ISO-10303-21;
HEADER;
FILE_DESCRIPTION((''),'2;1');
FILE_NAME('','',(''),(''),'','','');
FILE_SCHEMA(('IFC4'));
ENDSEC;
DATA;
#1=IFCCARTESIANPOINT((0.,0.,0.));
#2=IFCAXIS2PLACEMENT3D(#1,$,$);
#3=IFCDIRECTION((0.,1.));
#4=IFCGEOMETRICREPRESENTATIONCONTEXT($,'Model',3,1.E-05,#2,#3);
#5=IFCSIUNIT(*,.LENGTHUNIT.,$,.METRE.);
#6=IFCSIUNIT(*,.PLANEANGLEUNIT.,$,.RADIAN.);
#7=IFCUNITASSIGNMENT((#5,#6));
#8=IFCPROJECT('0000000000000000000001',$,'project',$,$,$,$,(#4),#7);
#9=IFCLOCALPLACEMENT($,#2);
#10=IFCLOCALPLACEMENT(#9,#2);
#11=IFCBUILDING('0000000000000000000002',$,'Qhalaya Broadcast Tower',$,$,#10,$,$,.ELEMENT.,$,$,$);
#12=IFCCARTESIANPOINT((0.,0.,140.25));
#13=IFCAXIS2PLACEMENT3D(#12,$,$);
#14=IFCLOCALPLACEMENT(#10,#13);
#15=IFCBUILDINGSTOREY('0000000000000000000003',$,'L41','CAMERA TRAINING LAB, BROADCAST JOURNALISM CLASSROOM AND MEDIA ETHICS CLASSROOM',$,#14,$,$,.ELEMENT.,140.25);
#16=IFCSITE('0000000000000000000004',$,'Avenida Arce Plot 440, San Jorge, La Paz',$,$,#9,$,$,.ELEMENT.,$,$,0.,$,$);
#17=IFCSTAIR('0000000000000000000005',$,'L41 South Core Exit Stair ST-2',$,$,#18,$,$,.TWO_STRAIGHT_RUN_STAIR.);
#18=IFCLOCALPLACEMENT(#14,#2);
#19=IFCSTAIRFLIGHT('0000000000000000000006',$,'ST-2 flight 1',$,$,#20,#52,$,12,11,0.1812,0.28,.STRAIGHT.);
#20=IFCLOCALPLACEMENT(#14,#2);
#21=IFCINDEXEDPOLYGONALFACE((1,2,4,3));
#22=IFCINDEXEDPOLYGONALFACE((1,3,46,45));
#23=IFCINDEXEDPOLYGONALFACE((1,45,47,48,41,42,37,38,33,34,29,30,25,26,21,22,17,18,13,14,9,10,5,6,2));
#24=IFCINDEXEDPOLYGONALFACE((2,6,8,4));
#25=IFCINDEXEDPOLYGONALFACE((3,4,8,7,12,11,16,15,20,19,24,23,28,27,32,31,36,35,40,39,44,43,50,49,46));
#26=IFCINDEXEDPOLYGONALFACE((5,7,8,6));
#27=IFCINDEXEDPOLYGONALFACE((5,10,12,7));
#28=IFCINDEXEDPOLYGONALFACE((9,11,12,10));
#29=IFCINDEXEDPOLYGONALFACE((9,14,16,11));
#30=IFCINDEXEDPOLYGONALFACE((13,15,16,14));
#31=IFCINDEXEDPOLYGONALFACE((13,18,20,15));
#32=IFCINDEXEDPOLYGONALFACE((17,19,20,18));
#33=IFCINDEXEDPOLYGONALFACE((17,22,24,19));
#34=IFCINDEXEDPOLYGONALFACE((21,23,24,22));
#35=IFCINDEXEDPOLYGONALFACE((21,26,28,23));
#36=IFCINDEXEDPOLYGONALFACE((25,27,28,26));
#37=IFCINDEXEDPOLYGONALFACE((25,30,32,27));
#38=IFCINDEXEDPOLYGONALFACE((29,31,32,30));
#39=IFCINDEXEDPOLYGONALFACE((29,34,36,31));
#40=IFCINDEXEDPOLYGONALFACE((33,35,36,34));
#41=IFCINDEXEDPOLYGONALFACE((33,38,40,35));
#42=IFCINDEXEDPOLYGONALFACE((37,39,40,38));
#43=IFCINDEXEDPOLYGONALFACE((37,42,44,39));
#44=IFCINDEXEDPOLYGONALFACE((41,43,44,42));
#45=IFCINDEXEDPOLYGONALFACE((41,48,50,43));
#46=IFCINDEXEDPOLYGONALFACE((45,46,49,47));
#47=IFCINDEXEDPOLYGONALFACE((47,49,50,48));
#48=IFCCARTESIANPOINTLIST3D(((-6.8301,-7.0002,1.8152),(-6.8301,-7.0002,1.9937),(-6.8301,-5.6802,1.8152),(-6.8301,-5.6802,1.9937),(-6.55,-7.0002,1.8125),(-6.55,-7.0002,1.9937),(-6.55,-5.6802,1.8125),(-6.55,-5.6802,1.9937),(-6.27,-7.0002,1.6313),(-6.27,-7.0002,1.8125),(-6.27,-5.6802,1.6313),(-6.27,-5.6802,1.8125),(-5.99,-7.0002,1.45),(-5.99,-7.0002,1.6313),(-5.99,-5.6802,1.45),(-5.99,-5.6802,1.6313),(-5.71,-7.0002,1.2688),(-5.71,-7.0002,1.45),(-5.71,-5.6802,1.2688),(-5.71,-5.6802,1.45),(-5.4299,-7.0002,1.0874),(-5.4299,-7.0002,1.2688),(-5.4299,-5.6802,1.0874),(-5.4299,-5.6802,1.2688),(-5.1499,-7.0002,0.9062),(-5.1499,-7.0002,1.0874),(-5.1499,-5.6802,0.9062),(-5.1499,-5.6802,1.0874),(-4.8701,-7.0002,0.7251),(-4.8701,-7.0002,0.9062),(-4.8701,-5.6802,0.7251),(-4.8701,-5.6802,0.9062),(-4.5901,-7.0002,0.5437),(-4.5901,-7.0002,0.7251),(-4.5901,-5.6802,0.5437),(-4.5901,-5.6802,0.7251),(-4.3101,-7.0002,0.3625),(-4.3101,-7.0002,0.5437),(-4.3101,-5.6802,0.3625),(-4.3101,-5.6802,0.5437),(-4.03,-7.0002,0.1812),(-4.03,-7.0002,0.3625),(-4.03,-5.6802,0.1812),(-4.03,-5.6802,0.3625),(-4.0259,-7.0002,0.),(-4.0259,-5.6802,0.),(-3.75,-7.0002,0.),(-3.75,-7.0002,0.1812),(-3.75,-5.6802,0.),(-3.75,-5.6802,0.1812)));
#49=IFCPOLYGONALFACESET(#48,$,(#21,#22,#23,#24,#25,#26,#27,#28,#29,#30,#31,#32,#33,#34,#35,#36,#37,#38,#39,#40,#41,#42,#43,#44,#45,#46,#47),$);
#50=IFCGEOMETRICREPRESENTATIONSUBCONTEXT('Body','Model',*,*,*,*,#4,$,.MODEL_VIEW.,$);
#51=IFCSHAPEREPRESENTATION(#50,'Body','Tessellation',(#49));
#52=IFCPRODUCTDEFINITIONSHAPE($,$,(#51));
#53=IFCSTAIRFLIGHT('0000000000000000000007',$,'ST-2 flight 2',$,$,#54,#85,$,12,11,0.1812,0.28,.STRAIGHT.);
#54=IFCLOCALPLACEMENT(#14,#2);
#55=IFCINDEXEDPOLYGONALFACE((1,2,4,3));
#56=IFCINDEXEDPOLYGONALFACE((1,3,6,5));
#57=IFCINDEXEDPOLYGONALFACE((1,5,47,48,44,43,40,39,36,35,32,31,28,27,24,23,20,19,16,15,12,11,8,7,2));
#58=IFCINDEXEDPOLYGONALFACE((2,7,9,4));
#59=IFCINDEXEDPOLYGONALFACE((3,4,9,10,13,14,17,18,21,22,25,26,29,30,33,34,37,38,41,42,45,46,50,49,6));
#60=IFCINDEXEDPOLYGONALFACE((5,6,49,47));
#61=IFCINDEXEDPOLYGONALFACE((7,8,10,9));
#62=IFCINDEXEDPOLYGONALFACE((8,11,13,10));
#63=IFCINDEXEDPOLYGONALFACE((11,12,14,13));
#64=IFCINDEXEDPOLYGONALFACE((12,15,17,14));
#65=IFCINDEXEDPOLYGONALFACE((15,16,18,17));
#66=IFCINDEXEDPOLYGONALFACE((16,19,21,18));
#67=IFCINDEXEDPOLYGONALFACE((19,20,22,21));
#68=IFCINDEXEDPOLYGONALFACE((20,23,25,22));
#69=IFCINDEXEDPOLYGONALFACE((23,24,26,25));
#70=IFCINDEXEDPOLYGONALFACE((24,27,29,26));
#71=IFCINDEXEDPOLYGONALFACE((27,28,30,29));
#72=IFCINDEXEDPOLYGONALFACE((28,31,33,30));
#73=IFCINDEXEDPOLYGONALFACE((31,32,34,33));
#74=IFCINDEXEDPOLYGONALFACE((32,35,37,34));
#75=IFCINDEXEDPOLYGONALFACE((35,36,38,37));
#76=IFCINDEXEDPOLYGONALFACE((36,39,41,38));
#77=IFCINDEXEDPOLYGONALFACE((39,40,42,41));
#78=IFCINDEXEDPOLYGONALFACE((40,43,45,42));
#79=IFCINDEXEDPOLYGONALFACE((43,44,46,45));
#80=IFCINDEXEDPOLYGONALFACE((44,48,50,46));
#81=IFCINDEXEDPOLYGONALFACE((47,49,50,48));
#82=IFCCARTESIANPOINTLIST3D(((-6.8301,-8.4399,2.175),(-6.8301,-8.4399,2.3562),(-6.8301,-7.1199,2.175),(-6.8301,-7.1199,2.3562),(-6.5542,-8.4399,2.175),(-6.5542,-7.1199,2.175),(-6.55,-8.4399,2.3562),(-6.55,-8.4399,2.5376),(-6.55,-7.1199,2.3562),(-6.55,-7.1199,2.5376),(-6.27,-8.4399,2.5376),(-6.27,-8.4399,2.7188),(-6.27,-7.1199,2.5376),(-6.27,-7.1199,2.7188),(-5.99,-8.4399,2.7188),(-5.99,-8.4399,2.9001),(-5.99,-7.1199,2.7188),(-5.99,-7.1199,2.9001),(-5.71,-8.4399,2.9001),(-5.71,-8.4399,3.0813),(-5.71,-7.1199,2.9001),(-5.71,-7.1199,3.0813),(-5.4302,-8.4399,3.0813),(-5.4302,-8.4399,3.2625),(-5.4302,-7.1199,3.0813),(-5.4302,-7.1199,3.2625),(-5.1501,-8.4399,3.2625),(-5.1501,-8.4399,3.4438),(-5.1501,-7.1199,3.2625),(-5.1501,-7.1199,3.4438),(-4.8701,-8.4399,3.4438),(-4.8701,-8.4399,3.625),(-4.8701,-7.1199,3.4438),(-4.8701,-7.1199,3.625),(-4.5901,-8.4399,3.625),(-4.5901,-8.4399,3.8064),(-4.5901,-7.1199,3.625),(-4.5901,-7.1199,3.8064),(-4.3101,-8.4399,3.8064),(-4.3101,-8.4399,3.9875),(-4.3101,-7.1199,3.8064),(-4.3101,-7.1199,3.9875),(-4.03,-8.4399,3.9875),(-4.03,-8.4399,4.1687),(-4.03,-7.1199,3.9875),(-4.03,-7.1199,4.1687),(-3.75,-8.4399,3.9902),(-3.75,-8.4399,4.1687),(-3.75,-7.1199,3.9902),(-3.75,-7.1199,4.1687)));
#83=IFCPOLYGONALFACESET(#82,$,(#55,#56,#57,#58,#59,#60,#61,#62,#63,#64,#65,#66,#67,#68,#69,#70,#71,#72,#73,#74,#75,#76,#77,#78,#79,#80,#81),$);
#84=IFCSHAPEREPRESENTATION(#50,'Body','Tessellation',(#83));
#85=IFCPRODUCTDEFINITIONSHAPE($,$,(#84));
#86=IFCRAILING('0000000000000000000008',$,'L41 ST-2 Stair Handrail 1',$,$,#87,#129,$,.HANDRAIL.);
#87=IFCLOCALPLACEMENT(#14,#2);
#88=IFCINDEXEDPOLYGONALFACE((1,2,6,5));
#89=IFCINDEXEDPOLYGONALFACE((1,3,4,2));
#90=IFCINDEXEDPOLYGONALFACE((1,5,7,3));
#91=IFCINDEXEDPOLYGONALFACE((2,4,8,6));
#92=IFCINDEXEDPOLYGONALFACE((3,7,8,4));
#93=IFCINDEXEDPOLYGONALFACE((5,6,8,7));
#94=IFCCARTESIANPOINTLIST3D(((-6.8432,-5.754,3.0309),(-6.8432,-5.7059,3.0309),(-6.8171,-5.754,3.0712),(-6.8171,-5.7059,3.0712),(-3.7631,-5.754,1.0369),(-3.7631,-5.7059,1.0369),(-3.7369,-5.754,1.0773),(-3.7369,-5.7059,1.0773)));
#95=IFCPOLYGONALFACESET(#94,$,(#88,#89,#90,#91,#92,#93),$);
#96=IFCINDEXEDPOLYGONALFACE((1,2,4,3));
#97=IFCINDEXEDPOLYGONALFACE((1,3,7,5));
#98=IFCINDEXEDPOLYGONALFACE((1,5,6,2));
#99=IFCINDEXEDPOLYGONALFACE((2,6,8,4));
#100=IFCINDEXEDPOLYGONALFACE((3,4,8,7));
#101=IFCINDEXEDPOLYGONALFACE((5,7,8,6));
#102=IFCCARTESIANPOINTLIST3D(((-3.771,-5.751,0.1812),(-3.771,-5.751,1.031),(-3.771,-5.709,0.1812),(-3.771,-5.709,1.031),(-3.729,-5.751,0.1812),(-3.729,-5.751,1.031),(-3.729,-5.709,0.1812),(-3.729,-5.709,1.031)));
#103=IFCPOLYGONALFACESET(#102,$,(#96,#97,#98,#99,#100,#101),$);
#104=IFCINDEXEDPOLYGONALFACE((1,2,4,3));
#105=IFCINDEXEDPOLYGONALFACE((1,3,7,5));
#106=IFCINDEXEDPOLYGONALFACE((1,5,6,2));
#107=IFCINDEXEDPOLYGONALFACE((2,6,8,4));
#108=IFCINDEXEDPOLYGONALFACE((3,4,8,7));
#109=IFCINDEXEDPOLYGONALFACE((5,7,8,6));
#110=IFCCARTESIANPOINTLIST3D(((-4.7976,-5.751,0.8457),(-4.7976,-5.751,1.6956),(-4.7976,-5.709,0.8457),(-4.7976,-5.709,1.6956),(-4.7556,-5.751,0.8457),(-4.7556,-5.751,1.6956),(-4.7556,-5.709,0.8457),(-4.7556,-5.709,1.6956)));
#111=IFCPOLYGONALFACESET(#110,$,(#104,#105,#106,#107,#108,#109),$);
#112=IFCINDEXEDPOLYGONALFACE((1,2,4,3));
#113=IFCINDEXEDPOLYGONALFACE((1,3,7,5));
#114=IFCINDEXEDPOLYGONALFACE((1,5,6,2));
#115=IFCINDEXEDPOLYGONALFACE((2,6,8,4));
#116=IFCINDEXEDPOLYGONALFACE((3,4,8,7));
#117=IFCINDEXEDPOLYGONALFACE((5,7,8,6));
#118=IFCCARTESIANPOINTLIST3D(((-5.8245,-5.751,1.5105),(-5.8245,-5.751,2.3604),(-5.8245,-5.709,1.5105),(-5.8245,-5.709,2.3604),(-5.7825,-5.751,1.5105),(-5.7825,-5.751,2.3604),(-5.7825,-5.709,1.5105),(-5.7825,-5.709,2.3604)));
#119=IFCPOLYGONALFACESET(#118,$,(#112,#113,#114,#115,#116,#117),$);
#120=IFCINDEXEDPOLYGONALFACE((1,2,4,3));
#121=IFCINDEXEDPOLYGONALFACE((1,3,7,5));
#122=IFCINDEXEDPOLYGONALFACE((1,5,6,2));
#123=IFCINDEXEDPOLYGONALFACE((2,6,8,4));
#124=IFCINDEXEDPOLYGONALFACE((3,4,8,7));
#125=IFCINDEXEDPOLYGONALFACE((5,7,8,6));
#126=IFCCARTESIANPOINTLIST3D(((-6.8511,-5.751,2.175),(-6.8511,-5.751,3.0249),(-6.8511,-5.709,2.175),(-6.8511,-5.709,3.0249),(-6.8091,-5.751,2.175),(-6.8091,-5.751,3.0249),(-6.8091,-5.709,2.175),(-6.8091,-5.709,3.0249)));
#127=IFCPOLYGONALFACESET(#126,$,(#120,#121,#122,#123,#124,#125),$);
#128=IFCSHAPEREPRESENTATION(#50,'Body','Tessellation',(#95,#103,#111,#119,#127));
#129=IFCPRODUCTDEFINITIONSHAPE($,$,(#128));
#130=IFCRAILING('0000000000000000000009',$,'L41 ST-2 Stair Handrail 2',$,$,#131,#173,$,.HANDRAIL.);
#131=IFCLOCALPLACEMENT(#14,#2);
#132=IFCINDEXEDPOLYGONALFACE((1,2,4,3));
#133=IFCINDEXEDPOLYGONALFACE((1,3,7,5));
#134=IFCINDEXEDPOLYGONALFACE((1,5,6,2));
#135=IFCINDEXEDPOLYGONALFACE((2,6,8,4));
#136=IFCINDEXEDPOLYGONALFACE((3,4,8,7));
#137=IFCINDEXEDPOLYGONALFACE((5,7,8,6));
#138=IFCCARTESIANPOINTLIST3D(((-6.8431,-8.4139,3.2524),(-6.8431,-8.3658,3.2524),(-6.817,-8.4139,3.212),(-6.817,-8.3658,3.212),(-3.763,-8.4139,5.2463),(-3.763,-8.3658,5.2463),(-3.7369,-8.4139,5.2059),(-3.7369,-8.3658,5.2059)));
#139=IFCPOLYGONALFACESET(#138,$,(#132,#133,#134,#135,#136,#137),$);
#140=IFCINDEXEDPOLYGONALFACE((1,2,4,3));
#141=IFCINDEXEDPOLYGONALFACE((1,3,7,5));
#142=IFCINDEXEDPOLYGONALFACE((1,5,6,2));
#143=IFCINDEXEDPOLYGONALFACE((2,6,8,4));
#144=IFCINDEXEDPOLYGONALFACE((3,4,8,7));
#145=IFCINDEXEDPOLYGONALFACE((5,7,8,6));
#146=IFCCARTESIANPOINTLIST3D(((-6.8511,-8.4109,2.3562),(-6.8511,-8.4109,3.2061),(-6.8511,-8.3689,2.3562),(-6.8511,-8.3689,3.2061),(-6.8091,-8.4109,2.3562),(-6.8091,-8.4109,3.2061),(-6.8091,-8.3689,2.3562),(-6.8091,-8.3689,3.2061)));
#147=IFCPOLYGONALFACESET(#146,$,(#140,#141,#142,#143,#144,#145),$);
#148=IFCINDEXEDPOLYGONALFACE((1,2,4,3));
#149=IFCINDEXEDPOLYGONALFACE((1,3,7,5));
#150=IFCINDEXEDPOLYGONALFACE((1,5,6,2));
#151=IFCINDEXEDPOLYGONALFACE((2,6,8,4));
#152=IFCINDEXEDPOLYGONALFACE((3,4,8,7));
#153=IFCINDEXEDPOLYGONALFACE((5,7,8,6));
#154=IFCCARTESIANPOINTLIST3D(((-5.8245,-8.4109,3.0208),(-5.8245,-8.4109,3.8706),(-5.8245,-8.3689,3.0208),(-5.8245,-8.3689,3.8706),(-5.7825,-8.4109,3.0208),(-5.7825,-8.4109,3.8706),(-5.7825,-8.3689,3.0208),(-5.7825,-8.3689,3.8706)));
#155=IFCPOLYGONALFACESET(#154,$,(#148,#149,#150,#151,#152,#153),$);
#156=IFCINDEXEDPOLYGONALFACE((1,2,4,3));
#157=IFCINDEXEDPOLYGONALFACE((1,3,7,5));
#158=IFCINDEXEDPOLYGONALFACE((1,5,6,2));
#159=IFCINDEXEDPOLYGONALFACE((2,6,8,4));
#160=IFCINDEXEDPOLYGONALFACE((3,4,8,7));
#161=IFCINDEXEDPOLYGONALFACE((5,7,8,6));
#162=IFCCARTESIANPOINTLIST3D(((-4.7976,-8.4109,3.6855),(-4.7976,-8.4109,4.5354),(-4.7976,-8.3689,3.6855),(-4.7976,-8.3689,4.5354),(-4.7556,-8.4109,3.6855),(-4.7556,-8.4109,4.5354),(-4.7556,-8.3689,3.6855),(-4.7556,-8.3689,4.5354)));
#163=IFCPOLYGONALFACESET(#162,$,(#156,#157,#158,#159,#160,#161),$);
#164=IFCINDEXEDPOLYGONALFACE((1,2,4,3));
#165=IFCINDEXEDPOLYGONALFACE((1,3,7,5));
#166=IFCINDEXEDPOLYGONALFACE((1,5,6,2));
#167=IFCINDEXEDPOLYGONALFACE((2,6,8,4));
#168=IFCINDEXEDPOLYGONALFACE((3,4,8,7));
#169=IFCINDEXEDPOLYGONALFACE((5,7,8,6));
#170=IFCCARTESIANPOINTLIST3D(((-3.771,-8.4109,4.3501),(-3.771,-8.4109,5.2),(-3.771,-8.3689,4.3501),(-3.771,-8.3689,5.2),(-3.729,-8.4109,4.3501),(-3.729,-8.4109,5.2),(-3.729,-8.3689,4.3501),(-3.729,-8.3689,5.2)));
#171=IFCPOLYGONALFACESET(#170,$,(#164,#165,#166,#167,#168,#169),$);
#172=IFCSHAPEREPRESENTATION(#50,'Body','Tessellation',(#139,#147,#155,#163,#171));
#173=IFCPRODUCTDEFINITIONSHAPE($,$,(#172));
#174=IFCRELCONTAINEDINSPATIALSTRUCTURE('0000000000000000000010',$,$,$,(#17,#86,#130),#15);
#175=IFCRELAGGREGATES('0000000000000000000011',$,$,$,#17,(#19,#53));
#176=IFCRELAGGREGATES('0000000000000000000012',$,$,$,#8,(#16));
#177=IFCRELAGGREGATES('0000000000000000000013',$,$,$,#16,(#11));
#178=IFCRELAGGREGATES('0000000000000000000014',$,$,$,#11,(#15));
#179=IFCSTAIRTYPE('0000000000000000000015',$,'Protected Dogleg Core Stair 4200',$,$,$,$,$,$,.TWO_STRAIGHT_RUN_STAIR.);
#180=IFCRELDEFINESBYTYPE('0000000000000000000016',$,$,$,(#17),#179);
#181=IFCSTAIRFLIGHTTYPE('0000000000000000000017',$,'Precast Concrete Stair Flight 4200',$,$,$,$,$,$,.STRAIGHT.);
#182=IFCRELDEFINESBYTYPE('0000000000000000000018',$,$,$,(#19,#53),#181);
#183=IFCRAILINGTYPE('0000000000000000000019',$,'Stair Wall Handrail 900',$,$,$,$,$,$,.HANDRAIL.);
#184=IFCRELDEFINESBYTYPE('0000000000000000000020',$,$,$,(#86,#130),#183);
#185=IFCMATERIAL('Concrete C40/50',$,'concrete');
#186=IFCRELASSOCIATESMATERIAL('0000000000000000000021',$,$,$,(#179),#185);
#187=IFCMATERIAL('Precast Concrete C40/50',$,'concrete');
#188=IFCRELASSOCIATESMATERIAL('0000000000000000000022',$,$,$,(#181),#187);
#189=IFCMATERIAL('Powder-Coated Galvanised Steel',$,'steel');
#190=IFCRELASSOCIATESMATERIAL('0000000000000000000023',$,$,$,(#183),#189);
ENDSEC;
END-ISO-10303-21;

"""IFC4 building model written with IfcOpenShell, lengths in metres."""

from ifc_helpers import new_model, si_unit, direction, frame, origin, origin_2d, place, context, subcontext, project, spatial, polyline, rectangle, outline, extrude, material, type_object, element, aggregate, save


model = new_model("IFC4")

# Units and contexts
model_context = context("Model", 3, precision=1e-05, world=origin(), true_north=direction((0.0, 1.0)))
body_context = subcontext(model_context, "Body", "Model", "MODEL_VIEW")
ifc_project = project(units=[si_unit("LENGTHUNIT", "METRE"), si_unit("PLANEANGLEUNIT", "RADIAN")], contexts=[model_context])

# Site, building, storey
site_placement = place(None, origin())
site = spatial("IfcSite", under=ifc_project, at=site_placement, Name="Avenida Arce Plot 440, San Jorge, La Paz", CompositionType="ELEMENT", RefElevation=0.0)
building_placement = place(site_placement, origin())
building = spatial("IfcBuilding", under=site, at=building_placement, Name="Qhalaya Broadcast Tower", CompositionType="ELEMENT")
storey_placement = place(building_placement, frame((0.0, 0.0, 140.25)))
storey = spatial("IfcBuildingStorey", under=building, at=storey_placement, Name="L41", Description="CAMERA TRAINING LAB, BROADCAST JOURNALISM CLASSROOM AND MEDIA ETHICS CLASSROOM", CompositionType="ELEMENT", Elevation=140.25)

# Stair, stair flights
ifc_material_1 = material(Name="Concrete C40/50", Category="concrete")
stair_type = type_object("IfcStairType", Name="Protected Dogleg Core Stair 4200", PredefinedType="TWO_STRAIGHT_RUN_STAIR", material=ifc_material_1)
stair_placement = place(storey_placement, origin())
stair = element("IfcStair", 1, at=stair_placement, inside=storey, type_object=stair_type, Name="L41 South Core Exit Stair ST-2", PredefinedType="TWO_STRAIGHT_RUN_STAIR")
ifc_material_2 = material(Name="Precast Concrete C40/50", Category="concrete")
stair_flight_type = type_object("IfcStairFlightType", Name="Precast Concrete Stair Flight 4200", PredefinedType="STRAIGHT", material=ifc_material_2)
stair_flight_1_placement = place(storey_placement, frame((-3.75, -6.3401, 0.0), z_axis=(0.0, 0.0, 1.0), x_axis=(-1.0, 0.0, 0.0)))
stair_flight_1 = element("IfcStairFlight", 2, at=stair_flight_1_placement, type_object=stair_flight_type, Name="ST-2 flight 1", NumberOfRisers=12, NumberOfTreads=11, PredefinedType="STRAIGHT", RiserHeight=0.1812, TreadLength=0.28, context=body_context, shape_type="SweptSolid", body=[
    extrude(outline(polyline([(0.0, 0.0), (0.0, 0.1812), (0.28, 0.1812), (0.28, 0.3625), (0.5601, 0.3625), (0.5601, 0.5437), (0.8401, 0.5437), (0.8401, 0.7251), (1.1201, 0.7251), (1.1201, 0.9062), (1.3999, 0.9062), (1.3999, 1.0874), (1.6799, 1.0874), (1.6799, 1.2688), (1.96, 1.2688), (1.96, 1.45), (2.24, 1.45), (2.24, 1.6313), (2.52, 1.6313), (2.52, 1.8125), (2.8, 1.8125), (2.8, 1.9937), (3.0801, 1.9937), (3.0801, 2.175), (3.0801, 1.8152), (0.2759, 0.0), (0.0, 0.0)])), frame((0.0, 0.6602, 0.0), z_axis=(0.0, -1.0, 0.0), x_axis=(1.0, 0.0, 0.0)), (0.0, 0.0, 1.0), 1.3201),
])
stair_flight_2_placement = place(storey_placement, frame((-6.8301, -7.78, 2.175), z_axis=(0.0, 0.0, 1.0), x_axis=(1.0, 0.0, 0.0)))
stair_flight_2 = element("IfcStairFlight", 3, at=stair_flight_2_placement, type_object=stair_flight_type, Name="ST-2 flight 2", NumberOfRisers=12, NumberOfTreads=11, PredefinedType="STRAIGHT", RiserHeight=0.1812, TreadLength=0.28, context=body_context, shape_type="SweptSolid", body=[
    extrude(outline(polyline([(0.0, 0.0), (0.0, 0.1812), (0.28, 0.1812), (0.28, 0.3625), (0.5601, 0.3625), (0.5601, 0.5437), (0.8401, 0.5437), (0.8401, 0.7251), (1.1201, 0.7251), (1.1201, 0.9062), (1.3999, 0.9062), (1.3999, 1.0874), (1.6799, 1.0874), (1.6799, 1.2688), (1.96, 1.2688), (1.96, 1.45), (2.24, 1.45), (2.24, 1.6313), (2.52, 1.6313), (2.52, 1.8125), (2.8, 1.8125), (2.8, 1.9937), (3.0801, 1.9937), (3.0801, 2.175), (3.0801, 1.8152), (0.2759, 0.0), (0.0, 0.0)])), frame((0.0, 0.6602, 0.0), z_axis=(0.0, -1.0, 0.0), x_axis=(1.0, 0.0, 0.0)), (0.0, 0.0, 1.0), 1.3201),
])
aggregate(stair, [stair_flight_1, stair_flight_2])

# Railings
ifc_material_3 = material(Name="Powder-Coated Galvanised Steel", Category="steel")
railing_type_1 = type_object("IfcRailingType", Name="Stair Wall Handrail 900", PredefinedType="HANDRAIL", material=ifc_material_3)
railing_1_placement = place(storey_placement, frame((-3.75, -5.73, 0.1812)))
element("IfcRailing", 4, at=railing_1_placement, inside=storey, type_object=railing_type_1, Name="L41 ST-2 Stair Handrail 1", PredefinedType="HANDRAIL", context=body_context, shape_type="SweptSolid", body=[
    extrude(rectangle(XDim=0.0481, YDim=0.0481, at=origin_2d()), frame((0.0, 0.0, 0.876), z_axis=(-0.839458, 0.0, 0.543425), x_axis=(0.0, -1.0, 0.0)), (0.0, 0.0, 1.0), 3.6692),
    extrude(rectangle(XDim=0.042, YDim=0.042, at=origin_2d()), origin(), (0.0, 0.0, 1.0), 0.8499),
    extrude(rectangle(XDim=0.042, YDim=0.042, at=origin_2d()), frame((-1.0266, 0.0, 0.6646)), (0.0, 0.0, 1.0), 0.8499),
    extrude(rectangle(XDim=0.042, YDim=0.042, at=origin_2d()), frame((-2.0535, 0.0, 1.3293)), (0.0, 0.0, 1.0), 0.8499),
    extrude(rectangle(XDim=0.042, YDim=0.042, at=origin_2d()), frame((-3.0801, 0.0, 1.9939)), (0.0, 0.0, 1.0), 0.8499),
])
railing_2_placement = place(storey_placement, frame((-6.8301, -8.3899, 2.3562)))
element("IfcRailing", 5, at=railing_2_placement, inside=storey, type_object=railing_type_1, Name="L41 ST-2 Stair Handrail 2", PredefinedType="HANDRAIL", context=body_context, shape_type="SweptSolid", body=[
    extrude(rectangle(XDim=0.0481, YDim=0.0481, at=origin_2d()), frame((0.0, 0.0, 0.876), z_axis=(0.839458, 0.0, 0.543425), x_axis=(0.0, 1.0, 0.0)), (0.0, 0.0, 1.0), 3.6692),
    extrude(rectangle(XDim=0.042, YDim=0.042, at=origin_2d()), origin(), (0.0, 0.0, 1.0), 0.8499),
    extrude(rectangle(XDim=0.042, YDim=0.042, at=origin_2d()), frame((1.0266, 0.0, 0.6646)), (0.0, 0.0, 1.0), 0.8499),
    extrude(rectangle(XDim=0.042, YDim=0.042, at=origin_2d()), frame((2.0535, 0.0, 1.3293)), (0.0, 0.0, 1.0), 0.8499),
    extrude(rectangle(XDim=0.042, YDim=0.042, at=origin_2d()), frame((3.0801, 0.0, 1.9939)), (0.0, 0.0, 1.0), 0.8499),
])

save(model, "model.ifc")
